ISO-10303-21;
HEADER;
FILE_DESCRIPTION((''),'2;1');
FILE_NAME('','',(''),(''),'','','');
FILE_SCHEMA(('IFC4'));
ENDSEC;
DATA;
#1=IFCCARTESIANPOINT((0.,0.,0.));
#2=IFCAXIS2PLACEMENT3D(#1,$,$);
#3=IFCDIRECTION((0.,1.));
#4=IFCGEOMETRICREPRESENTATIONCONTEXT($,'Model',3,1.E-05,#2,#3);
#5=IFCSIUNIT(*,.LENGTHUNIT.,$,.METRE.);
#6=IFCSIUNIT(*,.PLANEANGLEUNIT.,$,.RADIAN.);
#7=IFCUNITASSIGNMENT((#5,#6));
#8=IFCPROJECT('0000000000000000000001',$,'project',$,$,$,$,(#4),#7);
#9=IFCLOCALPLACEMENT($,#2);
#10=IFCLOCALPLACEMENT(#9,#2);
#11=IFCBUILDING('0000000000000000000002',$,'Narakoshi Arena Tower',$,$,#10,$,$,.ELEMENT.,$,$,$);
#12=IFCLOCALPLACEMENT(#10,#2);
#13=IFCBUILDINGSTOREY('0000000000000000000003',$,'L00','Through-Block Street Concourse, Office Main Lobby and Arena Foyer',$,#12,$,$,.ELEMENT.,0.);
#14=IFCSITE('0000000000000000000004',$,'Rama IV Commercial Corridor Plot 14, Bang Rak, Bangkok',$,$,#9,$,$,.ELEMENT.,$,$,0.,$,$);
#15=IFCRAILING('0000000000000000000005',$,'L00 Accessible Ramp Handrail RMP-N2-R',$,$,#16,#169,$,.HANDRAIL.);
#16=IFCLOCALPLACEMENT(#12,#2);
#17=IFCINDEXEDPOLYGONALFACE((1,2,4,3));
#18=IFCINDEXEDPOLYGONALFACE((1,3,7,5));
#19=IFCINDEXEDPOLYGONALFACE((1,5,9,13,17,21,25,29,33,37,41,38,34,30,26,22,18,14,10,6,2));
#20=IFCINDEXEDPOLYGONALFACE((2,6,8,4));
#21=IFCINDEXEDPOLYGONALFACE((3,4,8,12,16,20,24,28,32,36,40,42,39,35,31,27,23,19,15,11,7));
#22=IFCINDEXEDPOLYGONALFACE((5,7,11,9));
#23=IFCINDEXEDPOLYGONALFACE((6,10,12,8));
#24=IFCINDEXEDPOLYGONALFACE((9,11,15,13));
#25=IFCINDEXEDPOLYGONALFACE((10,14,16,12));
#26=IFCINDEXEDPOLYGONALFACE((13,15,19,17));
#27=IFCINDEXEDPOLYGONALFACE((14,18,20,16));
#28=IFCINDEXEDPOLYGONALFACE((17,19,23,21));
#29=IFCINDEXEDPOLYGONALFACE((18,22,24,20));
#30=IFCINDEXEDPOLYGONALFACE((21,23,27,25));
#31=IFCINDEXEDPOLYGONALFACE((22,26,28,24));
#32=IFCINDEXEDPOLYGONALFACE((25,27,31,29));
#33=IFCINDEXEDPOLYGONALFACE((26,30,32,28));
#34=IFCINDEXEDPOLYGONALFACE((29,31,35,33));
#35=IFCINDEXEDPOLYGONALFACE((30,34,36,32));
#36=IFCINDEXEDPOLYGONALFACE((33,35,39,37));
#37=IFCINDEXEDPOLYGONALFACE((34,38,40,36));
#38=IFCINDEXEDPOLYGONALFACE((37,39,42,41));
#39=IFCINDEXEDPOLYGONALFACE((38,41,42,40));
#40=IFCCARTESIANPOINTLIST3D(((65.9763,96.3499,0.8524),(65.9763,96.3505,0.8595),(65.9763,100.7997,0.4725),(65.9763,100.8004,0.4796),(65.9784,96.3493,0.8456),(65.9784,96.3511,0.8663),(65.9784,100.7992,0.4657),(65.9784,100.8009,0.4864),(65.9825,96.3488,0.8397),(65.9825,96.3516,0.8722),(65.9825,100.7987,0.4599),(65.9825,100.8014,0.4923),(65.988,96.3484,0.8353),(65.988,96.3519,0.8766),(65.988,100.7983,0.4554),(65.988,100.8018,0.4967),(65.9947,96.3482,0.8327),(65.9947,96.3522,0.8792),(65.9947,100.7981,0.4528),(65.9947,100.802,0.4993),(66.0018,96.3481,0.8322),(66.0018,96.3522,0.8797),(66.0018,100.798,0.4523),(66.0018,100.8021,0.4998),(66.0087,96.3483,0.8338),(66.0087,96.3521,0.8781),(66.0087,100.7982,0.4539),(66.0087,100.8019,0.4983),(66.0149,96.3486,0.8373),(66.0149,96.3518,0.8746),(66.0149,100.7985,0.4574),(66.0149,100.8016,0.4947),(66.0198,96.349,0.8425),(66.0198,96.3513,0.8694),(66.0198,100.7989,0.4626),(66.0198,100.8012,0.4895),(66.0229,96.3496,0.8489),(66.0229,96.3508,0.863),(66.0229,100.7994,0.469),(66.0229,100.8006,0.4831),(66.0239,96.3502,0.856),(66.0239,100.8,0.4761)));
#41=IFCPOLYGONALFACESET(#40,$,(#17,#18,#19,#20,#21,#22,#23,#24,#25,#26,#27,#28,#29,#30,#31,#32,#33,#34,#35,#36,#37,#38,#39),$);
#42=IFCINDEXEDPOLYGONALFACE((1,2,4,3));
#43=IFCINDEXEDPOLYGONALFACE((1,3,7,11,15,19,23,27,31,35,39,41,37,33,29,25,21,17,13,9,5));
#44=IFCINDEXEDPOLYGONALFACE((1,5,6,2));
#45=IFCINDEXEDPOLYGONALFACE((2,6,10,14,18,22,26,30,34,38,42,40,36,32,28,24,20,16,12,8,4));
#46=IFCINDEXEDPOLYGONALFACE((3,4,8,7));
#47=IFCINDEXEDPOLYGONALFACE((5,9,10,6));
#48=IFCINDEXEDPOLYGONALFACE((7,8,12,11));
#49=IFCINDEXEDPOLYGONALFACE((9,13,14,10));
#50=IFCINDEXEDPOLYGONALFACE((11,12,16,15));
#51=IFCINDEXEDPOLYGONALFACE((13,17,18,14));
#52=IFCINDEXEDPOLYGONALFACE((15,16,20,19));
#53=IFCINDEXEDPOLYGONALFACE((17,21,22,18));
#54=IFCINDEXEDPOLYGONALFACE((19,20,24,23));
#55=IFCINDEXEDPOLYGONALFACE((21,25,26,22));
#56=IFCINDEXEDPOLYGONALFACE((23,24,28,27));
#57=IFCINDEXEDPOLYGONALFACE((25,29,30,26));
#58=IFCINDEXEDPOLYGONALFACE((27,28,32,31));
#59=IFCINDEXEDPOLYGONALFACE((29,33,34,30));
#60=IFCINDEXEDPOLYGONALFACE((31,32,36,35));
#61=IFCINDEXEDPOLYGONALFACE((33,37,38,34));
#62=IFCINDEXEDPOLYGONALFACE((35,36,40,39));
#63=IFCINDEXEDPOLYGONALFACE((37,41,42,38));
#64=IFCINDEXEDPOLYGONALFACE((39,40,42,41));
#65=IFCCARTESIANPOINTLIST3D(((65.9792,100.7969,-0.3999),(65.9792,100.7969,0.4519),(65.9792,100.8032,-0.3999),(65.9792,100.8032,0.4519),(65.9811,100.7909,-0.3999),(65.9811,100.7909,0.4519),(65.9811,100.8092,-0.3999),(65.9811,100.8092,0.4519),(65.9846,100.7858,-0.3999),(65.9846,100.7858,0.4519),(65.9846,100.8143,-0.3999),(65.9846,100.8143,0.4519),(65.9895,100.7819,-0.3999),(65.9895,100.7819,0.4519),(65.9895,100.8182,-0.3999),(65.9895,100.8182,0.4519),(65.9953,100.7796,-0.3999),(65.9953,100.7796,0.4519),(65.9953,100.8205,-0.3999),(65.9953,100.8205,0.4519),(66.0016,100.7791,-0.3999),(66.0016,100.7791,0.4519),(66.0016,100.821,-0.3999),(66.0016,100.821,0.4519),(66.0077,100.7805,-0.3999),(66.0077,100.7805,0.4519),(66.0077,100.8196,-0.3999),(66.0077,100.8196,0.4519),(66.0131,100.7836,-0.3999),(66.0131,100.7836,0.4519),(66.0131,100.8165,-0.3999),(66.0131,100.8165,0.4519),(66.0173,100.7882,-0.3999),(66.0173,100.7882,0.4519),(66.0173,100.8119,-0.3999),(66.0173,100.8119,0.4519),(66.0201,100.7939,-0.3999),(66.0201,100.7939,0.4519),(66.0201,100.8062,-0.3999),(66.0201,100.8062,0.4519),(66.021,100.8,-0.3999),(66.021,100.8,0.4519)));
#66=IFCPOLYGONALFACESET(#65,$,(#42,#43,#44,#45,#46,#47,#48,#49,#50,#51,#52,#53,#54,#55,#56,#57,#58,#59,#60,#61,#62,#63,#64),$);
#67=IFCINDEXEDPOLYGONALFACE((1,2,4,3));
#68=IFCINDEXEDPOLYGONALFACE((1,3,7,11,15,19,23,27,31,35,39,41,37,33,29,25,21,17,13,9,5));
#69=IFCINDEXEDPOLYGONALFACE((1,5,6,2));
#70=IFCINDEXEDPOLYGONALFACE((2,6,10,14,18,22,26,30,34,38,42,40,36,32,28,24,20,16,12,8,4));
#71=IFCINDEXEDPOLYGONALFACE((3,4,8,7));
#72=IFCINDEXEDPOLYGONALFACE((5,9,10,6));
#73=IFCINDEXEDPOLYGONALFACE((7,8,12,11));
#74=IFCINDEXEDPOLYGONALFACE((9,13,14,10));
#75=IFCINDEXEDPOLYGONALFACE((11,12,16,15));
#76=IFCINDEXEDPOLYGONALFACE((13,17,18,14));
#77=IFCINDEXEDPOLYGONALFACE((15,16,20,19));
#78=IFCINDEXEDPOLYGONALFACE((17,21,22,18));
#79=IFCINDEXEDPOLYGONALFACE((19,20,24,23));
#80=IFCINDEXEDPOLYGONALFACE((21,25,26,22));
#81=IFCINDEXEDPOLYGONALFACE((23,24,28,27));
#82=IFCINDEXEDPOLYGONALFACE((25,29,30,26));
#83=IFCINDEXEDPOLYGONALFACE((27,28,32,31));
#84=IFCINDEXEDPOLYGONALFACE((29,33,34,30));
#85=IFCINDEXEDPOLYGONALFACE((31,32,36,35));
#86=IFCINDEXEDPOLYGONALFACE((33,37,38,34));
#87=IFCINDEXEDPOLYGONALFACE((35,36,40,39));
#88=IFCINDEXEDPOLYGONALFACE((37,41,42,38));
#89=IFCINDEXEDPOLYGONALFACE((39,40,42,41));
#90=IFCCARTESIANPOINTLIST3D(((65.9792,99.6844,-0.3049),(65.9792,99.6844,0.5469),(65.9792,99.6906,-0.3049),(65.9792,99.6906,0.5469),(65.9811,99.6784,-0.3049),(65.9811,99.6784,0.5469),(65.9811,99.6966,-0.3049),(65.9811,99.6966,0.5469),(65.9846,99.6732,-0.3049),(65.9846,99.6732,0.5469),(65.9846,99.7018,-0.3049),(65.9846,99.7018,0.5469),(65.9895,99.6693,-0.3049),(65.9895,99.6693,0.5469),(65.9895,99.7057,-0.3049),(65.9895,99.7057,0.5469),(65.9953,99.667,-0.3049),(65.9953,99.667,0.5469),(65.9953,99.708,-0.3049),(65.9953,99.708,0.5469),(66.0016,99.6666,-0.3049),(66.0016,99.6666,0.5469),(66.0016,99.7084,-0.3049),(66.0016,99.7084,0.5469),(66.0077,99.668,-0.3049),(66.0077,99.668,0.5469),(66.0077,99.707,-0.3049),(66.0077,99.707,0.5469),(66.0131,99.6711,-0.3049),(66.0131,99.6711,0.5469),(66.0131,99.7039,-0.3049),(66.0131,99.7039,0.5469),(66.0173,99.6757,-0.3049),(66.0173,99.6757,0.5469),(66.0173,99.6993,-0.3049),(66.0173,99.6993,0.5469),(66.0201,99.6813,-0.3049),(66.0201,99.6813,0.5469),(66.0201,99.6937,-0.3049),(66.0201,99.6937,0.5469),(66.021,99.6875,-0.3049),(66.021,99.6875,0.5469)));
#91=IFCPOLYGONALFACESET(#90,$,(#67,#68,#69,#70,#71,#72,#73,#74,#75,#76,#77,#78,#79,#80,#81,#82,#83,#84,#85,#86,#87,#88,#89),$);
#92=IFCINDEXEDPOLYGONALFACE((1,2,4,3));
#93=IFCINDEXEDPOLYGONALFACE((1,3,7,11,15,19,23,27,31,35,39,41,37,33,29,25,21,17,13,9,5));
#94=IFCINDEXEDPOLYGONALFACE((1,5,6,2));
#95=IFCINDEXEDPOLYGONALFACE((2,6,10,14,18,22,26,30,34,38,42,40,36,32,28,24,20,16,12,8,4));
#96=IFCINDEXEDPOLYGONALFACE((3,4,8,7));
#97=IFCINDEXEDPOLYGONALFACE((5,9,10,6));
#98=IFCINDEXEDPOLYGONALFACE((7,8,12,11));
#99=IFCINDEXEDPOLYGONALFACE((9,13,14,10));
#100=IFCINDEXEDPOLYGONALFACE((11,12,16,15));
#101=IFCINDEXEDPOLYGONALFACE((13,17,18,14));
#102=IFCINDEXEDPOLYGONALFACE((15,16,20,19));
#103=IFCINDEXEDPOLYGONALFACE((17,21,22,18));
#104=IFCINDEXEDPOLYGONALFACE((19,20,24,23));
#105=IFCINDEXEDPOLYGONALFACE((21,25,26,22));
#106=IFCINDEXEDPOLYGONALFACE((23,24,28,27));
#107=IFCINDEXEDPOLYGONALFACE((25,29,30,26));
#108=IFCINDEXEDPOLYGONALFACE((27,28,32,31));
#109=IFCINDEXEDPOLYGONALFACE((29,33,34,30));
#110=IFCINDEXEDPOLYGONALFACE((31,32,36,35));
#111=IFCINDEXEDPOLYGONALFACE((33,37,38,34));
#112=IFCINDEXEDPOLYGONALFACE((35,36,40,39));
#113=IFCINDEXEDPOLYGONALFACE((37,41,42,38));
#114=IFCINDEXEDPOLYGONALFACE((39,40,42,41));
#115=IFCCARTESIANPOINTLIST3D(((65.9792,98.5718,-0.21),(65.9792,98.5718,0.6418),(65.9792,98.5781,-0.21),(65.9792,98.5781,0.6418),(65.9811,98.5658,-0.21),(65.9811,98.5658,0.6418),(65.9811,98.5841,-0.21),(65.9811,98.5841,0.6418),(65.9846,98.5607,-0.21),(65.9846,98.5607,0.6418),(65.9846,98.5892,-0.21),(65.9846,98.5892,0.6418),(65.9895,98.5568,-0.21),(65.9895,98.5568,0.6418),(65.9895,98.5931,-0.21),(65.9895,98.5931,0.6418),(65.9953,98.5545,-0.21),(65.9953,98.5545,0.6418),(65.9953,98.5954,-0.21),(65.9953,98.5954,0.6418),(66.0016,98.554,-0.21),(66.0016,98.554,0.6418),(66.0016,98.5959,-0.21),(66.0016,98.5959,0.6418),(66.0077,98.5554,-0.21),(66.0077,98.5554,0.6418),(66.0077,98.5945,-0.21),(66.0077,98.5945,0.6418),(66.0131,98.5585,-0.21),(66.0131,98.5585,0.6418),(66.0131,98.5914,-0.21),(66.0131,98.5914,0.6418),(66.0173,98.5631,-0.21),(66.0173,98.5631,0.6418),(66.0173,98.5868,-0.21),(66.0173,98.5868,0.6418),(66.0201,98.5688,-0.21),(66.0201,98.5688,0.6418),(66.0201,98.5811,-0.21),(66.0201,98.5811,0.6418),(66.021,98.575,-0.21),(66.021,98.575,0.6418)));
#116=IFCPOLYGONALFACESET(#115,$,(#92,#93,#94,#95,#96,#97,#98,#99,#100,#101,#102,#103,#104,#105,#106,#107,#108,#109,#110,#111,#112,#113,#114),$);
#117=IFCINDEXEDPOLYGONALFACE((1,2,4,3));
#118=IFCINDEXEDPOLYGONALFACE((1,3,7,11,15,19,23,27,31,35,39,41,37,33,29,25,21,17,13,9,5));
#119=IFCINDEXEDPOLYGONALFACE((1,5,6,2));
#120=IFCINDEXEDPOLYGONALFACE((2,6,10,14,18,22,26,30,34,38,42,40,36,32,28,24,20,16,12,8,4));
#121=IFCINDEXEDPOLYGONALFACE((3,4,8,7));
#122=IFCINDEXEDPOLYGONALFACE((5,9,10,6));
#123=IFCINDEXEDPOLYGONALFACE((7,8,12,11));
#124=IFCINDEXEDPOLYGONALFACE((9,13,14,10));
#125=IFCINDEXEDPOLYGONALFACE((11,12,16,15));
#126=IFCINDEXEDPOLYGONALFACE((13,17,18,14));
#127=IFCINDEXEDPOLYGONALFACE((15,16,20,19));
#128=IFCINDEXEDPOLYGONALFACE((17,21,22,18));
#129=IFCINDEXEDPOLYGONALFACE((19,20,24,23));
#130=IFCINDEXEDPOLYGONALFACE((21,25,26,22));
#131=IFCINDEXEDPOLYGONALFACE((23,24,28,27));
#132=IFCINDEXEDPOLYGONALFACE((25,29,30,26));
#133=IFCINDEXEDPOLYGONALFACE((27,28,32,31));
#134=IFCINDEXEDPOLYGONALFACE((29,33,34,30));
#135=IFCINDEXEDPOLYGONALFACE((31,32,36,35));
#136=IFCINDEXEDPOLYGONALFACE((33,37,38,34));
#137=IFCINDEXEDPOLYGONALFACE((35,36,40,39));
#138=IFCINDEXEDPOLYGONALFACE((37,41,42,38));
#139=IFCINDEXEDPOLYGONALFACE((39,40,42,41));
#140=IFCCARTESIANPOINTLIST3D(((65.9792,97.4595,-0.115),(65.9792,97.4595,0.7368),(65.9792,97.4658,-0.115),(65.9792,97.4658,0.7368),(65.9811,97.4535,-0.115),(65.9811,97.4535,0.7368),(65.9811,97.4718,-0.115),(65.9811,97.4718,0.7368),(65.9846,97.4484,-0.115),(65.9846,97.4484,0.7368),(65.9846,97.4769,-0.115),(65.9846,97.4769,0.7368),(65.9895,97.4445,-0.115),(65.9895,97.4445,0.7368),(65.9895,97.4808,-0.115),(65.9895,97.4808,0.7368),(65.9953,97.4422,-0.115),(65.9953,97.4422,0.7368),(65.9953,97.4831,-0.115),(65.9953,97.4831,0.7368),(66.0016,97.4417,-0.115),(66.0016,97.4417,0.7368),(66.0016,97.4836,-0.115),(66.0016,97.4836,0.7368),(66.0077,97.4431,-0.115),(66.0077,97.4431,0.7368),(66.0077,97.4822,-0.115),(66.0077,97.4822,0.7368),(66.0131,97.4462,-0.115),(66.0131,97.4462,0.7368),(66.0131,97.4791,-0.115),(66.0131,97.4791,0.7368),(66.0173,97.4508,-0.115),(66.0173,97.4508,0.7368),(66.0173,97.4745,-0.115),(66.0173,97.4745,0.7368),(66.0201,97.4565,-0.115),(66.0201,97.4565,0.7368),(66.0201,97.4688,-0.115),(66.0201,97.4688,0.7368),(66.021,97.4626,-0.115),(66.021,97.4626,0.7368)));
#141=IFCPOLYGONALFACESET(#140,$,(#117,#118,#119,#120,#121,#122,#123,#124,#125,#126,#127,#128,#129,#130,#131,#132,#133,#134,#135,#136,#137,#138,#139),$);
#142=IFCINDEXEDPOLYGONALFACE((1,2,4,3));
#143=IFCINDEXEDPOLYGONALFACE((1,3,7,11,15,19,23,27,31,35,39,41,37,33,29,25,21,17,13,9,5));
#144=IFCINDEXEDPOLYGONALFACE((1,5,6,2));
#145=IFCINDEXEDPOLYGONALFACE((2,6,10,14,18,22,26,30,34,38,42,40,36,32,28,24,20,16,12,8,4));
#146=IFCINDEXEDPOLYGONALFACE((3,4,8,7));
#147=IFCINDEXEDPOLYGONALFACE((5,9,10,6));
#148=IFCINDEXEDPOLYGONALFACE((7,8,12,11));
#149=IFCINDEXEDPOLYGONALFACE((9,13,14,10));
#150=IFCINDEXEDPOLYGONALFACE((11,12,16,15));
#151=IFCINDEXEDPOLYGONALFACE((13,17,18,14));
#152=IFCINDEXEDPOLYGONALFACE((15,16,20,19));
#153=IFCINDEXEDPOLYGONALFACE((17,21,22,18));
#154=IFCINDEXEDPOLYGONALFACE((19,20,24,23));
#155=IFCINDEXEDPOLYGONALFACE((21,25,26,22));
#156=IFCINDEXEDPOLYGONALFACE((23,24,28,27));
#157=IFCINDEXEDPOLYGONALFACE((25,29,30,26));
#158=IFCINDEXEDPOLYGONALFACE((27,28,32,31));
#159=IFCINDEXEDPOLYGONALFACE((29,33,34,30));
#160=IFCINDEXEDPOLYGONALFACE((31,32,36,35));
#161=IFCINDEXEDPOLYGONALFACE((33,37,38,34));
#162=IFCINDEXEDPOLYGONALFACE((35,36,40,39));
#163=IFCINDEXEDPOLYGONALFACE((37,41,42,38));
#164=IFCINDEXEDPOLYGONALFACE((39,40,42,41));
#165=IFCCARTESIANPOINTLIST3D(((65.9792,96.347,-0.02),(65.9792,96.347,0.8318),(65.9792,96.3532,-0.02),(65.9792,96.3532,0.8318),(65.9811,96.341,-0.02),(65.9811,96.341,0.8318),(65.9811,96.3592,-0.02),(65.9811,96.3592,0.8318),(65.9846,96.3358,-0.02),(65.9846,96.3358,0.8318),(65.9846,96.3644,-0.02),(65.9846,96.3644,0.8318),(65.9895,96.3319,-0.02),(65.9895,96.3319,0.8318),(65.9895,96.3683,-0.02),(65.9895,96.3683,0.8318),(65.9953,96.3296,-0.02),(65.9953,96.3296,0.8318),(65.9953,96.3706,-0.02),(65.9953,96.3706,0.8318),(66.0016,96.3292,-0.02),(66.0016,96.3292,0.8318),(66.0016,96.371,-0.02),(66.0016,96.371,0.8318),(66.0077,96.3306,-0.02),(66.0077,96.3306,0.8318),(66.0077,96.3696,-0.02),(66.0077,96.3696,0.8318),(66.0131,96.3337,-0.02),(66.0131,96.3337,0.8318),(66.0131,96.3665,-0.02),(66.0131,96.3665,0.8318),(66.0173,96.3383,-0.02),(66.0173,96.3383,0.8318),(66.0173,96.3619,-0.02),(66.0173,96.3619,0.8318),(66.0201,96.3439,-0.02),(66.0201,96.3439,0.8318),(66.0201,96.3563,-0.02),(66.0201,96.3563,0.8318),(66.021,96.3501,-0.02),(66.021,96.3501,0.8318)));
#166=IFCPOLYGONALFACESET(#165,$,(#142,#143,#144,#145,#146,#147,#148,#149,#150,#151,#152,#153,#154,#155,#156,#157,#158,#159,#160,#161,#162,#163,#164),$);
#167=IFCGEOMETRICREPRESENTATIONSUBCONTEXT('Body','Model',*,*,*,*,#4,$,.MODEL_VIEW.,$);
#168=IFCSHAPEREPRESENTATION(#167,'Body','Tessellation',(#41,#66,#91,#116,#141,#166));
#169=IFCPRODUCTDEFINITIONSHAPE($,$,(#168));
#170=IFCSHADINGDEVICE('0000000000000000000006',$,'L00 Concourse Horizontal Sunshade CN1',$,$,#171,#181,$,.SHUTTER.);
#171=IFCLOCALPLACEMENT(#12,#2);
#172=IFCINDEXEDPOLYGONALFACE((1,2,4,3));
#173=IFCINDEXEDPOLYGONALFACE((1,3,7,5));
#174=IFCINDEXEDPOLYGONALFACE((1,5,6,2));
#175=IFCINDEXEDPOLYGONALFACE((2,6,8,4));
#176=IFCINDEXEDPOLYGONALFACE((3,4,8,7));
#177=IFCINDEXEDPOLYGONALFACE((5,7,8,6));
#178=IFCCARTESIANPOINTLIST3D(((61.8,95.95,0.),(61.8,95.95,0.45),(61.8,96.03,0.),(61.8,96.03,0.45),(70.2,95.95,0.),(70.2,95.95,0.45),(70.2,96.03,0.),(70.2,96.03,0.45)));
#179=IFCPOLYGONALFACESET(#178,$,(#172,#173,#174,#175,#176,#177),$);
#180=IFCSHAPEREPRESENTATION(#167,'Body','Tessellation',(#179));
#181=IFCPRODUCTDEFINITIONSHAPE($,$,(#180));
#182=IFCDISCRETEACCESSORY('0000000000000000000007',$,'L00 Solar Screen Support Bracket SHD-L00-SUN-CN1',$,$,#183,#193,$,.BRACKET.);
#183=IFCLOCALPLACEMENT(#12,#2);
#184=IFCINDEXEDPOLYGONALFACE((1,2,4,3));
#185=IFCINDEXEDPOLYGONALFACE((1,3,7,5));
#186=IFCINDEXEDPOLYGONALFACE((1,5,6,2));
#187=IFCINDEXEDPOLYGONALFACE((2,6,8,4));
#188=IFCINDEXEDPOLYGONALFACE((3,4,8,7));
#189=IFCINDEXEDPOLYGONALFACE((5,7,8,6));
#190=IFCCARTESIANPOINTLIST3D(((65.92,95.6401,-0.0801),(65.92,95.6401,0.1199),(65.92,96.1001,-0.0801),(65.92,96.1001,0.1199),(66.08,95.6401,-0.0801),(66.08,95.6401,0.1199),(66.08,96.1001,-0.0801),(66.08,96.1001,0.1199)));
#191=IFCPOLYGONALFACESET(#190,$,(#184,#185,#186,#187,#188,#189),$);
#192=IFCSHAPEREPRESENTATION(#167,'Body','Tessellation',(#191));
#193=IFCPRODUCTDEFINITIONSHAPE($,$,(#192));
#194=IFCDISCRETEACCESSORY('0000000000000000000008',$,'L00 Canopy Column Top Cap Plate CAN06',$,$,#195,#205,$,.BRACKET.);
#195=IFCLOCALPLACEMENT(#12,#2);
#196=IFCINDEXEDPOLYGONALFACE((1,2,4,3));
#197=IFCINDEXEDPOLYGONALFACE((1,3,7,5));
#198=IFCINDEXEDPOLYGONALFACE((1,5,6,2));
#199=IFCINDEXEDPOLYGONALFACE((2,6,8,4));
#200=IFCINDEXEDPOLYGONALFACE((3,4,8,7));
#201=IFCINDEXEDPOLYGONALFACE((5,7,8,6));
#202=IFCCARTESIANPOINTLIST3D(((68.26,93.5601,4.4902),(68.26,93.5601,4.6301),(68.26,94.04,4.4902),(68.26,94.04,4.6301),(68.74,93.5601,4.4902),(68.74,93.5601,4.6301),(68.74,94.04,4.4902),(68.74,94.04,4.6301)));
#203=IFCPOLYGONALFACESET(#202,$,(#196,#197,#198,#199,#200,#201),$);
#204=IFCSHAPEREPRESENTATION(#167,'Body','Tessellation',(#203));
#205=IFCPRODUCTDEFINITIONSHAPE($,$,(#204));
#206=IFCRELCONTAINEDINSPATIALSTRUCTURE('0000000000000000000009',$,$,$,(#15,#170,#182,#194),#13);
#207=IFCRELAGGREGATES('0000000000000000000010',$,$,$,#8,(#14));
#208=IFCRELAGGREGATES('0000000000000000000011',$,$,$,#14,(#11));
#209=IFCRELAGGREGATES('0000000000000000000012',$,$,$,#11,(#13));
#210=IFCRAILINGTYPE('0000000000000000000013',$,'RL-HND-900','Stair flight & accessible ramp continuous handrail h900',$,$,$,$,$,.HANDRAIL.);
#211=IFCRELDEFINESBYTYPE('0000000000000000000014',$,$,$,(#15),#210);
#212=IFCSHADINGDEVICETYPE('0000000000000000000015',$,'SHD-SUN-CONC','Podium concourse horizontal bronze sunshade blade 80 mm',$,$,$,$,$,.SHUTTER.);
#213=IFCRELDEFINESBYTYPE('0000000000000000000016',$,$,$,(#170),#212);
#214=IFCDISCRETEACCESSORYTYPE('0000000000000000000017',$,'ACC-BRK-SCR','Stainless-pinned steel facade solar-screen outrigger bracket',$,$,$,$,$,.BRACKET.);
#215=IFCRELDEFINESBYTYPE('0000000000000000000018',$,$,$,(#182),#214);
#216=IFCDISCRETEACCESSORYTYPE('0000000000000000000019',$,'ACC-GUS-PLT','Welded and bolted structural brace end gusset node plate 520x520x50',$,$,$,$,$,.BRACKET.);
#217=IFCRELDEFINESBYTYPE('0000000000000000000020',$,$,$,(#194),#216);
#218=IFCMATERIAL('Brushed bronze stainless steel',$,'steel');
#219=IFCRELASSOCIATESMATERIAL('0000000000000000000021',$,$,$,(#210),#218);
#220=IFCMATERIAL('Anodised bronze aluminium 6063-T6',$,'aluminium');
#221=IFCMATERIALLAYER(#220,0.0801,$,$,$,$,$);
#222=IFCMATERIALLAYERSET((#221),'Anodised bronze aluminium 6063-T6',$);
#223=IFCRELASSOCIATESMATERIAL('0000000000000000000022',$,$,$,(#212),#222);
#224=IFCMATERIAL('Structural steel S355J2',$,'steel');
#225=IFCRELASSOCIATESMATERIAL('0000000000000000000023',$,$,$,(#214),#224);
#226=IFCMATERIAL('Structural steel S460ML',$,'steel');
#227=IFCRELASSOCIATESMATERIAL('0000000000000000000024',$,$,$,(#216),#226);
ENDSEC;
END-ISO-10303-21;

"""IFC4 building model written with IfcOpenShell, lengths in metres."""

from ifc_helpers import new_model, si_unit, direction, frame, origin, origin_2d, place, context, subcontext, project, spatial, rectangle, circle, extrude, material, layer, layer_set, type_object, element, save


model = new_model("IFC4")

# Units and contexts
model_context = context("Model", 3, precision=1e-05, world=origin(), true_north=direction((0.0, 1.0)))
body_context = subcontext(model_context, "Body", "Model", "MODEL_VIEW")
ifc_project = project(units=[si_unit("LENGTHUNIT", "METRE"), si_unit("PLANEANGLEUNIT", "RADIAN")], contexts=[model_context])

# Site, building, storey
site_placement = place(None, origin())
site = spatial("IfcSite", under=ifc_project, at=site_placement, Name="Rama IV Commercial Corridor Plot 14, Bang Rak, Bangkok", CompositionType="ELEMENT", RefElevation=0.0)
building_placement = place(site_placement, origin())
building = spatial("IfcBuilding", under=site, at=building_placement, Name="Narakoshi Arena Tower", CompositionType="ELEMENT")
storey_placement = place(building_placement, origin())
storey = spatial("IfcBuildingStorey", under=building, at=storey_placement, Name="L00", Description="Through-Block Street Concourse, Office Main Lobby and Arena Foyer", CompositionType="ELEMENT", Elevation=0.0)

# Shared definitions
ifc_material_1 = material(Name="Structural steel S355J2", Category="steel")

# Shared definitions
ifc_material_2 = material(Name="Anodised bronze aluminium 6063-T6", Category="aluminium")

# Railing
ifc_material_3 = material(Name="Brushed bronze stainless steel", Category="steel")
railing_type = type_object("IfcRailingType", Name="RL-HND-900", Description="Stair flight & accessible ramp continuous handrail h900", PredefinedType="HANDRAIL", material=ifc_material_3)
railing_placement = place(storey_placement, frame((66.0, 100.8, -0.3999)))
element("IfcRailing", 1, at=railing_placement, inside=storey, type_object=railing_type, Name="L00 Accessible Ramp Handrail RMP-N2-R", PredefinedType="HANDRAIL", context=body_context, shape_type="SweptSolid", body=[
    extrude(circle(Radius=0.0239, at=origin_2d()), frame((0.0, 0.0, 0.876), z_axis=(0.0, -0.996376, 0.085058), x_axis=(1.0, 0.0, 0.0)), (0.0, 0.0, 1.0), 4.4661),
    extrude(circle(Radius=0.021, at=origin_2d()), origin(), (0.0, 0.0, 1.0), 0.8518),
    extrude(circle(Radius=0.021, at=origin_2d()), frame((0.0, -1.1125, 0.095)), (0.0, 0.0, 1.0), 0.8518),
    extrude(circle(Radius=0.021, at=origin_2d()), frame((0.0, -2.2251, 0.1899)), (0.0, 0.0, 1.0), 0.8518),
    extrude(circle(Radius=0.021, at=origin_2d()), frame((0.0, -3.3374, 0.2849)), (0.0, 0.0, 1.0), 0.8518),
    extrude(circle(Radius=0.021, at=origin_2d()), frame((0.0, -4.45, 0.3799)), (0.0, 0.0, 1.0), 0.8518),
])

# Shading device
ifc_layer_1 = layer(ifc_material_2, 0.0801)
ifc_layer_set_1 = layer_set([ifc_layer_1], Name="Anodised bronze aluminium 6063-T6")
shading_device_type = type_object("IfcShadingDeviceType", Name="SHD-SUN-CONC", Description="Podium concourse horizontal bronze sunshade blade 80 mm", PredefinedType="SHUTTER", material=ifc_layer_set_1)
shading_device_placement = place(storey_placement, frame((66.0, 95.99, 0.0), z_axis=(0.0, 0.0, 1.0), x_axis=(-1.0, 0.0, 0.0)))
element("IfcShadingDevice", 2, at=shading_device_placement, inside=storey, type_object=shading_device_type, Name="L00 Concourse Horizontal Sunshade CN1", PredefinedType="SHUTTER", context=body_context, shape_type="SweptSolid", body=[
    extrude(rectangle(XDim=8.3999, YDim=0.0801, at=origin_2d()), origin(), (0.0, 0.0, 1.0), 0.45),
])

# Discrete accessories
discrete_accessory_type_1 = type_object("IfcDiscreteAccessoryType", Name="ACC-BRK-SCR", Description="Stainless-pinned steel facade solar-screen outrigger bracket", PredefinedType="BRACKET", material=ifc_material_1)
discrete_accessory_1_placement = place(storey_placement, frame((66.0, 95.8701, -0.0801), z_axis=(0.0, 0.0, 1.0), x_axis=(-1.0, 0.0, 0.0)))
element("IfcDiscreteAccessory", 3, at=discrete_accessory_1_placement, inside=storey, type_object=discrete_accessory_type_1, Name="L00 Solar Screen Support Bracket SHD-L00-SUN-CN1", PredefinedType="BRACKET", context=body_context, shape_type="SweptSolid", body=[
    extrude(rectangle(XDim=0.1599, YDim=0.46, at=origin_2d()), origin(), (0.0, 0.0, 1.0), 0.2),
])
ifc_material_4 = material(Name="Structural steel S460ML", Category="steel")
discrete_accessory_type_2 = type_object("IfcDiscreteAccessoryType", Name="ACC-GUS-PLT", Description="Welded and bolted structural brace end gusset node plate 520x520x50", PredefinedType="BRACKET", material=ifc_material_4)
discrete_accessory_2_placement = place(storey_placement, frame((68.5, 93.8, 4.4902), z_axis=(0.0, 0.0, 1.0), x_axis=(1.0, 0.0, 0.0)))
element("IfcDiscreteAccessory", 4, at=discrete_accessory_2_placement, inside=storey, type_object=discrete_accessory_type_2, Name="L00 Canopy Column Top Cap Plate CAN06", PredefinedType="BRACKET", context=body_context, shape_type="SweptSolid", body=[
    extrude(rectangle(XDim=0.48, YDim=0.48, at=origin_2d()), origin(), (0.0, 0.0, 1.0), 0.1399),
])

save(model, "model.ifc")
